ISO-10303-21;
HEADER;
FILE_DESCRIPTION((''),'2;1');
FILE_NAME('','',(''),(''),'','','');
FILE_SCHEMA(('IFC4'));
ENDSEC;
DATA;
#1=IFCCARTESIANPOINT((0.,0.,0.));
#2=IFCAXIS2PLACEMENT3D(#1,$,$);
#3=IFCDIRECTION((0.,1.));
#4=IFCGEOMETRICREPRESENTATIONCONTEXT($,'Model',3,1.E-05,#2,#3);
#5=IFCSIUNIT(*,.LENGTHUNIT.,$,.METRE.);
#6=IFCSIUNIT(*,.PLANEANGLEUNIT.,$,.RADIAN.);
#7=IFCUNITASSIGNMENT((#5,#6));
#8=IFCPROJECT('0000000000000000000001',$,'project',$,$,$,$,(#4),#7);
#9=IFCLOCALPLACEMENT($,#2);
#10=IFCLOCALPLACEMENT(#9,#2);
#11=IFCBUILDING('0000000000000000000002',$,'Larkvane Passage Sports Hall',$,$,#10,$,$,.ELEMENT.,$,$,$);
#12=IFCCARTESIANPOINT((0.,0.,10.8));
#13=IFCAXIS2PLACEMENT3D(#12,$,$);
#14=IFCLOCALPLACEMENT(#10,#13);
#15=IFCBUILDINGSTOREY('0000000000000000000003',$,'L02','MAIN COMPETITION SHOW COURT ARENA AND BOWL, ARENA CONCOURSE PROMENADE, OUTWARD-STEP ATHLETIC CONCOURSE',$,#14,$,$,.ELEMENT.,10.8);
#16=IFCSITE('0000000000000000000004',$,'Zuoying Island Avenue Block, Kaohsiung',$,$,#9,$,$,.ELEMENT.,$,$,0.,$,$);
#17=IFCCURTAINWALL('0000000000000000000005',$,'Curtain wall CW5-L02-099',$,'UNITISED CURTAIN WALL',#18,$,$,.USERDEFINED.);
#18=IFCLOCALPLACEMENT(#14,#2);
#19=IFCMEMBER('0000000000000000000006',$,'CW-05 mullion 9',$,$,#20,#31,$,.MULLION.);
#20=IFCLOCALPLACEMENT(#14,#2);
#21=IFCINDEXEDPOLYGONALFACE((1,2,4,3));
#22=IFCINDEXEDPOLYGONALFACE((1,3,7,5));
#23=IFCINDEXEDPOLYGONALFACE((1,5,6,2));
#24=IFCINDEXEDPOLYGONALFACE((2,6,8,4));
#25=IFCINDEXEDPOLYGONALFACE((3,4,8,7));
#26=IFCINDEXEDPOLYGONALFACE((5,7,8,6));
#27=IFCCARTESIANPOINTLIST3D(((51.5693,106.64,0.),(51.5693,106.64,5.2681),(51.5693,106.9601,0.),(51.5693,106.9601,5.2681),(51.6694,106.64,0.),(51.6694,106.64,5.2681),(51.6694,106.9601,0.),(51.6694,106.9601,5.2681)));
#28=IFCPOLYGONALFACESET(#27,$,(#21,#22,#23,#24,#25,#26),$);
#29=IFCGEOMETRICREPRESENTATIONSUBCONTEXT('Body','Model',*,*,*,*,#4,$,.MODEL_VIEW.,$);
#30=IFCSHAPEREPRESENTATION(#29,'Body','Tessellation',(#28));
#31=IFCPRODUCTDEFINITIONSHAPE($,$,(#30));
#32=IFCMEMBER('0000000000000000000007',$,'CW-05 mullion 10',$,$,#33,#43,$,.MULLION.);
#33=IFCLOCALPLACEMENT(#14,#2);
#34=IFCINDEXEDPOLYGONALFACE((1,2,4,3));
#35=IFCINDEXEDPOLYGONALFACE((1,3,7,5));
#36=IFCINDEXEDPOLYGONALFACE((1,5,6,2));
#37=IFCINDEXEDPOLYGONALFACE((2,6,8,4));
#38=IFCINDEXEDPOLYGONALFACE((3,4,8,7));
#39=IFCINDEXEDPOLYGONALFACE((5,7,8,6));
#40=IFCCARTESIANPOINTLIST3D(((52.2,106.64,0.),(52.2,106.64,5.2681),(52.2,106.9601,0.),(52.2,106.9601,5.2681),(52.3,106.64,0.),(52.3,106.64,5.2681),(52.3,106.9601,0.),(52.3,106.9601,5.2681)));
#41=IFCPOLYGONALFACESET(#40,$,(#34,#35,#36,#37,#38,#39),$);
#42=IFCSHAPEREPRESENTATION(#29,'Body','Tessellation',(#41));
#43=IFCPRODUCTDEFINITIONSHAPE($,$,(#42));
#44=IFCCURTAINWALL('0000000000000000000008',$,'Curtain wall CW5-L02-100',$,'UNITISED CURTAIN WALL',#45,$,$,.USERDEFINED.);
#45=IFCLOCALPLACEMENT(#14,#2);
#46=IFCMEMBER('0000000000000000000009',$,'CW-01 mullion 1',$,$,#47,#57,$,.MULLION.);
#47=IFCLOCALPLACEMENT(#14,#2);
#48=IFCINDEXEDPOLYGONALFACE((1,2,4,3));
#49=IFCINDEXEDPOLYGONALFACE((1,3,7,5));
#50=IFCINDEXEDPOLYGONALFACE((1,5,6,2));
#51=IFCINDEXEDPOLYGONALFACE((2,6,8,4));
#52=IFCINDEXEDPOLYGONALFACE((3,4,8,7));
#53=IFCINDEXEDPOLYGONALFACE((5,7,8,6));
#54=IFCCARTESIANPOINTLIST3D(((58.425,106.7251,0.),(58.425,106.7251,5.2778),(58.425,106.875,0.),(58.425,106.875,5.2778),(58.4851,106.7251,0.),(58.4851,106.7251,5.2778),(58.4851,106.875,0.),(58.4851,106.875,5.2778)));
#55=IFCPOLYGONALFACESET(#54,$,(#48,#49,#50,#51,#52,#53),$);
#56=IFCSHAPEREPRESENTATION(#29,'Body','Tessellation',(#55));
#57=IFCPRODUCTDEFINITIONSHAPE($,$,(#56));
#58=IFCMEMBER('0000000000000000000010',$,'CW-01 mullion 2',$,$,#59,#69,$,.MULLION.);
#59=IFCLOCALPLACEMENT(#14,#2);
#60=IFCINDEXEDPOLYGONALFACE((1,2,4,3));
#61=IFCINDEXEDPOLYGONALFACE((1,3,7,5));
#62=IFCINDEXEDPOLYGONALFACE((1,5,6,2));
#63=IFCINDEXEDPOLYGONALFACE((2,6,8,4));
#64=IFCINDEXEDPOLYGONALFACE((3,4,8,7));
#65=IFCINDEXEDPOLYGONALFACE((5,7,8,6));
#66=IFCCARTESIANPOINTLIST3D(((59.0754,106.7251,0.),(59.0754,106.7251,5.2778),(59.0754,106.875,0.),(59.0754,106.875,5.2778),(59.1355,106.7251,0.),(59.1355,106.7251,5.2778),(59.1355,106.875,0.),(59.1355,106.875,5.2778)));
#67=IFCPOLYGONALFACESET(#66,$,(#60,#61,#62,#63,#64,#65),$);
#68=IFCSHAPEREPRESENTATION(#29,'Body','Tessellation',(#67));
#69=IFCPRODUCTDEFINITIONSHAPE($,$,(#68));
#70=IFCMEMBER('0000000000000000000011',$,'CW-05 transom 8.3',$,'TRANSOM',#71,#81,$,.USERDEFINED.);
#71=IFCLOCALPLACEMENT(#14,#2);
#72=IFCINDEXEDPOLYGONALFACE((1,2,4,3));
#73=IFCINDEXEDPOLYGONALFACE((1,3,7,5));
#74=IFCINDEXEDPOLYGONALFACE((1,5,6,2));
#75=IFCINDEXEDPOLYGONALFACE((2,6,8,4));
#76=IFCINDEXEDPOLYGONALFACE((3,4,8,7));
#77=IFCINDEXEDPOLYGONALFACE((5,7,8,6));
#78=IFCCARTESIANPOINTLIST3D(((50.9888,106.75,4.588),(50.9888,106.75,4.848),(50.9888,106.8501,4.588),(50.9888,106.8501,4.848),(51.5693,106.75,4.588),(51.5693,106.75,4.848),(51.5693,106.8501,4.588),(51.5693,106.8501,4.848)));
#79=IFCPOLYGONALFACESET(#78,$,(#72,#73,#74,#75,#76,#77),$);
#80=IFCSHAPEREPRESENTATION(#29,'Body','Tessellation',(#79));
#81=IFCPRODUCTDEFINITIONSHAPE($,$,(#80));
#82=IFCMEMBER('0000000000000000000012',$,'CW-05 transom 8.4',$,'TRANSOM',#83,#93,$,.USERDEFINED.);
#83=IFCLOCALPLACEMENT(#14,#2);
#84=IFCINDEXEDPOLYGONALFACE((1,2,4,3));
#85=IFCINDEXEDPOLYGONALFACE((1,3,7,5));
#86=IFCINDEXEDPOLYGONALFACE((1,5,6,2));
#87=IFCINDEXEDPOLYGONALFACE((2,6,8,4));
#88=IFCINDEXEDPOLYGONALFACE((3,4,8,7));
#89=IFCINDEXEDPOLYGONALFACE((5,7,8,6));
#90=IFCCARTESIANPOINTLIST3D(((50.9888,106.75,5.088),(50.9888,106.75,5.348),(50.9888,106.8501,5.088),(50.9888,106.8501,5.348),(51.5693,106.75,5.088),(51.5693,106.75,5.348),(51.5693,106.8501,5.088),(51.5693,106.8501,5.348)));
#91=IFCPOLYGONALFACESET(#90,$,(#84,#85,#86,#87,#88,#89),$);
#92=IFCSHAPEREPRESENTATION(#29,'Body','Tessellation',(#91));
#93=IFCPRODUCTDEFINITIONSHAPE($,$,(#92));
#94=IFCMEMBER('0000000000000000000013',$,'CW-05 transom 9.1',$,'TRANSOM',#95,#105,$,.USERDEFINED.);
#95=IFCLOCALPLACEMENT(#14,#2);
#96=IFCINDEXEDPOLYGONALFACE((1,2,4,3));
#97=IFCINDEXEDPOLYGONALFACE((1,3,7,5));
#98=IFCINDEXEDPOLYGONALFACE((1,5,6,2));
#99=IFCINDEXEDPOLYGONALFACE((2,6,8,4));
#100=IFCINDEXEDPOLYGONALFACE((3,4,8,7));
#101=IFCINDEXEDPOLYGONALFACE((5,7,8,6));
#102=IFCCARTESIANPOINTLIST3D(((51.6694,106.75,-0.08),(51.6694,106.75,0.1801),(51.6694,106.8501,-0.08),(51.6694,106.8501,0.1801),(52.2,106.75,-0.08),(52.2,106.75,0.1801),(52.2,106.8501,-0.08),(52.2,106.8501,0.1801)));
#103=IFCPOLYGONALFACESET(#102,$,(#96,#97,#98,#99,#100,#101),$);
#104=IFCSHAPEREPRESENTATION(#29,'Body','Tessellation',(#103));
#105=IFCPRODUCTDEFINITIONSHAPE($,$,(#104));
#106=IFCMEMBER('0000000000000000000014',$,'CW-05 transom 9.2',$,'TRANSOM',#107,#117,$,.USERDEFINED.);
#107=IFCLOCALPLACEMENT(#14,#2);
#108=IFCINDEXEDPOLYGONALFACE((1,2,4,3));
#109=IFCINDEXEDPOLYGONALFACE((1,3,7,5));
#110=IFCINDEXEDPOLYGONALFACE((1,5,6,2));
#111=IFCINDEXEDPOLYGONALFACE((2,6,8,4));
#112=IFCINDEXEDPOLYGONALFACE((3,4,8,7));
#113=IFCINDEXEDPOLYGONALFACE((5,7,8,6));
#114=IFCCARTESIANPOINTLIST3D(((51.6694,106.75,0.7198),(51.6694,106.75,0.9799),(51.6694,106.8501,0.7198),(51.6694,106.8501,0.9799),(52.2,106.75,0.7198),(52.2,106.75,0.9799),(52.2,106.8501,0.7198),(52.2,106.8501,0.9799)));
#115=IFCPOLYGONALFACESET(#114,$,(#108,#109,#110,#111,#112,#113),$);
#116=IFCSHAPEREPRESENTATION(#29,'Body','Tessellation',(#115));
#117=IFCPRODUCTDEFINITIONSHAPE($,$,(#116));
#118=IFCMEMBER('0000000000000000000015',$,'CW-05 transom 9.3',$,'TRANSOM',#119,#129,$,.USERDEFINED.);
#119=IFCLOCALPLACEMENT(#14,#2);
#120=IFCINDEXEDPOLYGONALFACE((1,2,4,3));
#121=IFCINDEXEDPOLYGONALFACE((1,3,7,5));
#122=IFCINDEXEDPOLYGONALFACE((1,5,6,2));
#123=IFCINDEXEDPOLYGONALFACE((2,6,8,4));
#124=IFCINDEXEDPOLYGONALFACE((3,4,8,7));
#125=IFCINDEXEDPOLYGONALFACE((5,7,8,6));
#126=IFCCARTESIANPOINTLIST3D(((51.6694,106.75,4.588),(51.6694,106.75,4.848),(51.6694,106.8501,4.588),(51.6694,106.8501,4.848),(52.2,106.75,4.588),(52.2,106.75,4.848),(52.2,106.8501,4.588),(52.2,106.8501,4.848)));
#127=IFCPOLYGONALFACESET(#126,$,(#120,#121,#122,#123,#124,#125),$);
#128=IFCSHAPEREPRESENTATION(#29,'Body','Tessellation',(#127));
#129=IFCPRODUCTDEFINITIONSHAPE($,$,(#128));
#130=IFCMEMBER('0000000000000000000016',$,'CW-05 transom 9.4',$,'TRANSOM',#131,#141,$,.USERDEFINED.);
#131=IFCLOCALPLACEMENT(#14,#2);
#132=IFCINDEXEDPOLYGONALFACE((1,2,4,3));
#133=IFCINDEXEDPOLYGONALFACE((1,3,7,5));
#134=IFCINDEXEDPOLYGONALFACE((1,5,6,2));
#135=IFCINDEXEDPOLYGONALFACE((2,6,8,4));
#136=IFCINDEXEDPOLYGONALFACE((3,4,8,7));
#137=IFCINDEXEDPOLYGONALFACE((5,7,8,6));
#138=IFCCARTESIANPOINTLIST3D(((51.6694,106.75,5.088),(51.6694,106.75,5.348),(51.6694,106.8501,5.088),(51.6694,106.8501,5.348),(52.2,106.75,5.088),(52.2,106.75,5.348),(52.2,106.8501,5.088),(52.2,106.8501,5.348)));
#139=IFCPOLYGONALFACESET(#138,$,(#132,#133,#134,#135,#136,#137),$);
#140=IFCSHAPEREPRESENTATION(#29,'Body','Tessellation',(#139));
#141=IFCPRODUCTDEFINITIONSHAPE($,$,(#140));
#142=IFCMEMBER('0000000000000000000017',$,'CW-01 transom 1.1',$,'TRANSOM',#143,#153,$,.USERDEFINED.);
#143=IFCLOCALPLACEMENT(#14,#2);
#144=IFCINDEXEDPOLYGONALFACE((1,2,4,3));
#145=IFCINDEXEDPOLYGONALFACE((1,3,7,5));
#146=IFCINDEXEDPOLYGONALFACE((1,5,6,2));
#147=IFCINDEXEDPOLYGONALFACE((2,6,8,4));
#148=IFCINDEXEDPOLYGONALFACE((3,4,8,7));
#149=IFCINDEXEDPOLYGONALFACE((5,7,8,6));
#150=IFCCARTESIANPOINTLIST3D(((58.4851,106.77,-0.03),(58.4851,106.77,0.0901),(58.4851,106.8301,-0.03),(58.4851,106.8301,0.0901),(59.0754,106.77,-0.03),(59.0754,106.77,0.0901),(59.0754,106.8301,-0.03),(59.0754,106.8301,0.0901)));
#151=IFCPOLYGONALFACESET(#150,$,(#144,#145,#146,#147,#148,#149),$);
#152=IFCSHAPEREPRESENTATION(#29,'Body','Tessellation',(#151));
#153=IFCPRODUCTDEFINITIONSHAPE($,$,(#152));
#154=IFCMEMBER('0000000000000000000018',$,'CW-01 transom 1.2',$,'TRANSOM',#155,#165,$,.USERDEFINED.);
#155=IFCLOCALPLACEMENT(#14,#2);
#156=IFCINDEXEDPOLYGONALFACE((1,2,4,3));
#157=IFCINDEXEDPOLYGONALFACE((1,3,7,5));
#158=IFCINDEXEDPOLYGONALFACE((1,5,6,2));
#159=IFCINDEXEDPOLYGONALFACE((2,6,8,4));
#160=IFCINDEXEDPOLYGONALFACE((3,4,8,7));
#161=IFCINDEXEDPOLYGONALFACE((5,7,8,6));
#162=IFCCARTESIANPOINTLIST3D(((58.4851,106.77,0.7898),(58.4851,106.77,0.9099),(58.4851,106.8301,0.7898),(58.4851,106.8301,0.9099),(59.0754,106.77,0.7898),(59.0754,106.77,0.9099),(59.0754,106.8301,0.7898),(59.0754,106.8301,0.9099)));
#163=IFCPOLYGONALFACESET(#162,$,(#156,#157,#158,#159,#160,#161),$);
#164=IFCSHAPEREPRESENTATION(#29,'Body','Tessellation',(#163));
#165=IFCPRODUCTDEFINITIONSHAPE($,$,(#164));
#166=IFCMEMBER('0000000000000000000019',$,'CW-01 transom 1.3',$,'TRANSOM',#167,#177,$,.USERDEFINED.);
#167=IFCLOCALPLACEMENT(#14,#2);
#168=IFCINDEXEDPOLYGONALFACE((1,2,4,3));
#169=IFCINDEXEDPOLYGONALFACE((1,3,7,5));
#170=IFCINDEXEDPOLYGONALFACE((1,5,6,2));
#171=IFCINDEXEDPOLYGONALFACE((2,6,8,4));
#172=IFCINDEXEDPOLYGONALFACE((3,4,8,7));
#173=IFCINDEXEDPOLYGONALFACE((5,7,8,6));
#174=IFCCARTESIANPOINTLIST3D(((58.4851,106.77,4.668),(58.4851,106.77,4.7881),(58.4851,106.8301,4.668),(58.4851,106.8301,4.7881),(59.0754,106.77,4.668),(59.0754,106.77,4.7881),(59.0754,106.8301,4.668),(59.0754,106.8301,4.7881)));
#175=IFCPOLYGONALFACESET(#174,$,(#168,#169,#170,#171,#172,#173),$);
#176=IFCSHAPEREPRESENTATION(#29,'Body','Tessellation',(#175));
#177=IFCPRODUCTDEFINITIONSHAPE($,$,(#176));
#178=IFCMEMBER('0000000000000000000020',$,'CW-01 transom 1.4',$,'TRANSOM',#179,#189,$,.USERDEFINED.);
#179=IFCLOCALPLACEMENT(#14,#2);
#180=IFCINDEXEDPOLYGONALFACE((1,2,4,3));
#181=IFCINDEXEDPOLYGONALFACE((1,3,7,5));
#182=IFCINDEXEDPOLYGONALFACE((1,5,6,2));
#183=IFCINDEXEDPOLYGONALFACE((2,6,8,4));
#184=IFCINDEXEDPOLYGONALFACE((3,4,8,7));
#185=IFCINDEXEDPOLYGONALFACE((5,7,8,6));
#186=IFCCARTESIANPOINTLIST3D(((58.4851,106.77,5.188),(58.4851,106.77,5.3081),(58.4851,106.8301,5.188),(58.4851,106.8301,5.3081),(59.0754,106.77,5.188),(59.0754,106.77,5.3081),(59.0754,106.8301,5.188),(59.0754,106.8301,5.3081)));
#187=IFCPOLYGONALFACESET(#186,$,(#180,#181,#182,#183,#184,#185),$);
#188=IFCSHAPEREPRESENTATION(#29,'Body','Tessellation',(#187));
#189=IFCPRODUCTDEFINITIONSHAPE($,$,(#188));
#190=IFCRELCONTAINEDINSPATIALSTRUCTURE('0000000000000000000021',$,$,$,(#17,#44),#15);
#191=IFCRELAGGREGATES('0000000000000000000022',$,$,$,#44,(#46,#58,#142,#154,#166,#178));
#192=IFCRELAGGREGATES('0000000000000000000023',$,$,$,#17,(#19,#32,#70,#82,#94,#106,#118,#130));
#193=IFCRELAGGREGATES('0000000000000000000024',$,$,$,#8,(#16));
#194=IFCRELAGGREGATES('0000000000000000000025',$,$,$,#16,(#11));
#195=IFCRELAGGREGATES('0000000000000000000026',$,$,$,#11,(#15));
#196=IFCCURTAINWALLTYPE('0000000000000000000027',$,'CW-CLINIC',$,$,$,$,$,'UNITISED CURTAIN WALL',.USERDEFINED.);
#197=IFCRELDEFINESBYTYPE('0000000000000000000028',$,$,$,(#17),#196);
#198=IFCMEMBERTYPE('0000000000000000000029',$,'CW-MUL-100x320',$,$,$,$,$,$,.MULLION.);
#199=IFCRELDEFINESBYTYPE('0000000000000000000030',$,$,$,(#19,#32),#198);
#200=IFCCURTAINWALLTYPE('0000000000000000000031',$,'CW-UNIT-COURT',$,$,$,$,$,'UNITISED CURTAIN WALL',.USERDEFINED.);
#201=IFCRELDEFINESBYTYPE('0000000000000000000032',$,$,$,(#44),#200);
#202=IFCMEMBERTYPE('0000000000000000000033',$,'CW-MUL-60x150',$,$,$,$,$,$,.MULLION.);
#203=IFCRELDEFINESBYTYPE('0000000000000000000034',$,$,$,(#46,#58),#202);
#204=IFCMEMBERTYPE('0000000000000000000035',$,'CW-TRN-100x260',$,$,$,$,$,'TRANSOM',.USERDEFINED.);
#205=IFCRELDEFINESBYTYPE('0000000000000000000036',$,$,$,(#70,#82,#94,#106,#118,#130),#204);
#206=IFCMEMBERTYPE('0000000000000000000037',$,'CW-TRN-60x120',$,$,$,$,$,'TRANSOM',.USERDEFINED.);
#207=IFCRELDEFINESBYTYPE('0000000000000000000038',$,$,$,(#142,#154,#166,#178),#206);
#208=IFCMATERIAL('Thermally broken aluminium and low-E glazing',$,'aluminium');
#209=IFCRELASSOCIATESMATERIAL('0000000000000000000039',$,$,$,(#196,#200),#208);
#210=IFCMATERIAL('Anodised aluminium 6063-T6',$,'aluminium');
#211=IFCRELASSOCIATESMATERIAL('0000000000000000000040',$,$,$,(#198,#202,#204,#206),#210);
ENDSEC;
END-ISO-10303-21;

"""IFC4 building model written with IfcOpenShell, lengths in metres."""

from ifc_helpers import new_model, si_unit, direction, frame, origin, origin_2d, place, context, subcontext, project, spatial, rectangle, extrude, material, material_profile, profile_set, type_object, element, aggregate, save


model = new_model("IFC4")

# Units and contexts
model_context = context("Model", 3, precision=1e-05, world=origin(), true_north=direction((0.0, 1.0)))
body_context = subcontext(model_context, "Body", "Model", "MODEL_VIEW")
ifc_project = project(units=[si_unit("LENGTHUNIT", "METRE"), si_unit("PLANEANGLEUNIT", "RADIAN")], contexts=[model_context])

# Site, building, storey
site_placement = place(None, origin())
site = spatial("IfcSite", under=ifc_project, at=site_placement, Name="Zuoying Island Avenue Block, Kaohsiung", CompositionType="ELEMENT", RefElevation=0.0)
building_placement = place(site_placement, origin())
building = spatial("IfcBuilding", under=site, at=building_placement, Name="Larkvane Passage Sports Hall", CompositionType="ELEMENT")
storey_placement = place(building_placement, frame((0.0, 0.0, 10.8)))
storey = spatial("IfcBuildingStorey", under=building, at=storey_placement, Name="L02", Description="MAIN COMPETITION SHOW COURT ARENA AND BOWL, ARENA CONCOURSE PROMENADE, OUTWARD-STEP ATHLETIC CONCOURSE", CompositionType="ELEMENT", Elevation=10.8)

# Curtain walls, members
ifc_material_1 = material(Name="Thermally broken aluminium and low-E glazing", Category="aluminium")
curtain_wall_type_1 = type_object("IfcCurtainWallType", Name="CW-CLINIC", ElementType="UNITISED CURTAIN WALL", PredefinedType="USERDEFINED", material=ifc_material_1)
curtain_wall_1_placement = place(storey_placement, origin())
curtain_wall_1 = element("IfcCurtainWall", 1, at=curtain_wall_1_placement, inside=storey, type_object=curtain_wall_type_1, Name="Curtain wall CW5-L02-099", ObjectType="UNITISED CURTAIN WALL", PredefinedType="USERDEFINED")
ifc_material_2 = material(Name="Anodised aluminium 6063-T6", Category="aluminium")
ifc_material_profile_1 = material_profile(ifc_material_2, rectangle(XDim=0.1001, YDim=0.3201, at=origin_2d()), Name="ALU-MUL-100x320")
ifc_profile_set_1 = profile_set([ifc_material_profile_1], Name="Anodised aluminium 6063-T6")
member_type_1 = type_object("IfcMemberType", Name="CW-MUL-100x320", PredefinedType="MULLION", material=ifc_profile_set_1)
member_1_placement = place(storey_placement, frame((51.6194, 106.8, 0.0), z_axis=(0.0, 0.0, 1.0), x_axis=(1.0, 0.0, 0.0)))
member_1 = element("IfcMember", 2, at=member_1_placement, type_object=member_type_1, Name="CW-05 mullion 9", PredefinedType="MULLION", context=body_context, shape_type="SweptSolid", body=[
    extrude(rectangle(XDim=0.1001, YDim=0.3201, at=origin_2d()), origin(), (0.0, 0.0, 1.0), 5.2681),
])
member_2_placement = place(storey_placement, frame((52.25, 106.8, 0.0), z_axis=(0.0, 0.0, 1.0), x_axis=(1.0, 0.0, 0.0)))
member_2 = element("IfcMember", 3, at=member_2_placement, type_object=member_type_1, Name="CW-05 mullion 10", PredefinedType="MULLION", context=body_context, shape_type="SweptSolid", body=[
    extrude(rectangle(XDim=0.1001, YDim=0.3201, at=origin_2d()), origin(), (0.0, 0.0, 1.0), 5.2681),
])
curtain_wall_type_2 = type_object("IfcCurtainWallType", Name="CW-UNIT-COURT", ElementType="UNITISED CURTAIN WALL", PredefinedType="USERDEFINED", material=ifc_material_1)
curtain_wall_2_placement = place(storey_placement, origin())
curtain_wall_2 = element("IfcCurtainWall", 4, at=curtain_wall_2_placement, inside=storey, type_object=curtain_wall_type_2, Name="Curtain wall CW5-L02-100", ObjectType="UNITISED CURTAIN WALL", PredefinedType="USERDEFINED")
ifc_material_profile_2 = material_profile(ifc_material_2, rectangle(XDim=0.0601, YDim=0.1499, at=origin_2d()), Name="ALU-MUL-60x150")
ifc_profile_set_2 = profile_set([ifc_material_profile_2], Name="Anodised aluminium 6063-T6")
member_type_2 = type_object("IfcMemberType", Name="CW-MUL-60x150", PredefinedType="MULLION", material=ifc_profile_set_2)
member_3_placement = place(storey_placement, frame((58.4551, 106.8, 0.0), z_axis=(0.0, 0.0, 1.0), x_axis=(1.0, 0.0, 0.0)))
member_3 = element("IfcMember", 5, at=member_3_placement, type_object=member_type_2, Name="CW-01 mullion 1", PredefinedType="MULLION", context=body_context, shape_type="SweptSolid", body=[
    extrude(rectangle(XDim=0.0601, YDim=0.1499, at=origin_2d()), origin(), (0.0, 0.0, 1.0), 5.2778),
])
member_4_placement = place(storey_placement, frame((59.1055, 106.8, 0.0), z_axis=(0.0, 0.0, 1.0), x_axis=(1.0, 0.0, 0.0)))
member_4 = element("IfcMember", 6, at=member_4_placement, type_object=member_type_2, Name="CW-01 mullion 2", PredefinedType="MULLION", context=body_context, shape_type="SweptSolid", body=[
    extrude(rectangle(XDim=0.0601, YDim=0.1499, at=origin_2d()), origin(), (0.0, 0.0, 1.0), 5.2778),
])

# Members
ifc_material_profile_3 = material_profile(ifc_material_2, rectangle(XDim=0.1001, YDim=0.26, at=origin_2d()), Name="ALU-TRN-100x260")
ifc_profile_set_3 = profile_set([ifc_material_profile_3], Name="Anodised aluminium 6063-T6")
member_type_3 = type_object("IfcMemberType", Name="CW-TRN-100x260", ElementType="TRANSOM", PredefinedType="USERDEFINED", material=ifc_profile_set_3)
member_5_placement = place(storey_placement, frame((50.9888, 106.8, 4.718), z_axis=(1.0, 0.0, 0.0), x_axis=(0.0, 1.0, 0.0)))
member_5 = element("IfcMember", 7, at=member_5_placement, type_object=member_type_3, Name="CW-05 transom 8.3", ObjectType="TRANSOM", PredefinedType="USERDEFINED", context=body_context, shape_type="SweptSolid", body=[
    extrude(rectangle(XDim=0.1001, YDim=0.26, at=origin_2d()), origin(), (0.0, 0.0, 1.0), 0.5806),
])
member_6_placement = place(storey_placement, frame((50.9888, 106.8, 5.218), z_axis=(1.0, 0.0, 0.0), x_axis=(0.0, 1.0, 0.0)))
member_6 = element("IfcMember", 8, at=member_6_placement, type_object=member_type_3, Name="CW-05 transom 8.4", ObjectType="TRANSOM", PredefinedType="USERDEFINED", context=body_context, shape_type="SweptSolid", body=[
    extrude(rectangle(XDim=0.1001, YDim=0.26, at=origin_2d()), origin(), (0.0, 0.0, 1.0), 0.5806),
])
member_7_placement = place(storey_placement, frame((51.6694, 106.8, 0.05), z_axis=(1.0, 0.0, 0.0), x_axis=(0.0, 1.0, 0.0)))
member_7 = element("IfcMember", 9, at=member_7_placement, type_object=member_type_3, Name="CW-05 transom 9.1", ObjectType="TRANSOM", PredefinedType="USERDEFINED", context=body_context, shape_type="SweptSolid", body=[
    extrude(rectangle(XDim=0.1001, YDim=0.26, at=origin_2d()), origin(), (0.0, 0.0, 1.0), 0.5305),
])
member_8_placement = place(storey_placement, frame((51.6694, 106.8, 0.8499), z_axis=(1.0, 0.0, 0.0), x_axis=(0.0, 1.0, 0.0)))
member_8 = element("IfcMember", 10, at=member_8_placement, type_object=member_type_3, Name="CW-05 transom 9.2", ObjectType="TRANSOM", PredefinedType="USERDEFINED", context=body_context, shape_type="SweptSolid", body=[
    extrude(rectangle(XDim=0.1001, YDim=0.26, at=origin_2d()), origin(), (0.0, 0.0, 1.0), 0.5305),
])
member_9_placement = place(storey_placement, frame((51.6694, 106.8, 4.718), z_axis=(1.0, 0.0, 0.0), x_axis=(0.0, 1.0, 0.0)))
member_9 = element("IfcMember", 11, at=member_9_placement, type_object=member_type_3, Name="CW-05 transom 9.3", ObjectType="TRANSOM", PredefinedType="USERDEFINED", context=body_context, shape_type="SweptSolid", body=[
    extrude(rectangle(XDim=0.1001, YDim=0.26, at=origin_2d()), origin(), (0.0, 0.0, 1.0), 0.5305),
])
member_10_placement = place(storey_placement, frame((51.6694, 106.8, 5.218), z_axis=(1.0, 0.0, 0.0), x_axis=(0.0, 1.0, 0.0)))
member_10 = element("IfcMember", 12, at=member_10_placement, type_object=member_type_3, Name="CW-05 transom 9.4", ObjectType="TRANSOM", PredefinedType="USERDEFINED", context=body_context, shape_type="SweptSolid", body=[
    extrude(rectangle(XDim=0.1001, YDim=0.26, at=origin_2d()), origin(), (0.0, 0.0, 1.0), 0.5305),
])
ifc_material_profile_4 = material_profile(ifc_material_2, rectangle(XDim=0.0601, YDim=0.1201, at=origin_2d()), Name="ALU-TRN-60x120")
ifc_profile_set_4 = profile_set([ifc_material_profile_4], Name="Anodised aluminium 6063-T6")
member_type_4 = type_object("IfcMemberType", Name="CW-TRN-60x120", ElementType="TRANSOM", PredefinedType="USERDEFINED", material=ifc_profile_set_4)
member_11_placement = place(storey_placement, frame((58.4851, 106.8, 0.03), z_axis=(1.0, 0.0, 0.0), x_axis=(0.0, 1.0, 0.0)))
member_11 = element("IfcMember", 13, at=member_11_placement, type_object=member_type_4, Name="CW-01 transom 1.1", ObjectType="TRANSOM", PredefinedType="USERDEFINED", context=body_context, shape_type="SweptSolid", body=[
    extrude(rectangle(XDim=0.0601, YDim=0.1201, at=origin_2d()), origin(), (0.0, 0.0, 1.0), 0.5903),
])
member_12_placement = place(storey_placement, frame((58.4851, 106.8, 0.8499), z_axis=(1.0, 0.0, 0.0), x_axis=(0.0, 1.0, 0.0)))
member_12 = element("IfcMember", 14, at=member_12_placement, type_object=member_type_4, Name="CW-01 transom 1.2", ObjectType="TRANSOM", PredefinedType="USERDEFINED", context=body_context, shape_type="SweptSolid", body=[
    extrude(rectangle(XDim=0.0601, YDim=0.1201, at=origin_2d()), origin(), (0.0, 0.0, 1.0), 0.5903),
])
member_13_placement = place(storey_placement, frame((58.4851, 106.8, 4.728), z_axis=(1.0, 0.0, 0.0), x_axis=(0.0, 1.0, 0.0)))
member_13 = element("IfcMember", 15, at=member_13_placement, type_object=member_type_4, Name="CW-01 transom 1.3", ObjectType="TRANSOM", PredefinedType="USERDEFINED", context=body_context, shape_type="SweptSolid", body=[
    extrude(rectangle(XDim=0.0601, YDim=0.1201, at=origin_2d()), origin(), (0.0, 0.0, 1.0), 0.5903),
])
member_14_placement = place(storey_placement, frame((58.4851, 106.8, 5.248), z_axis=(1.0, 0.0, 0.0), x_axis=(0.0, 1.0, 0.0)))
member_14 = element("IfcMember", 16, at=member_14_placement, type_object=member_type_4, Name="CW-01 transom 1.4", ObjectType="TRANSOM", PredefinedType="USERDEFINED", context=body_context, shape_type="SweptSolid", body=[
    extrude(rectangle(XDim=0.0601, YDim=0.1201, at=origin_2d()), origin(), (0.0, 0.0, 1.0), 0.5903),
])

aggregate(curtain_wall_2, [member_3, member_4, member_11, member_12, member_13, member_14])
aggregate(curtain_wall_1, [member_1, member_2, member_5, member_6, member_7, member_8, member_9, member_10])

save(model, "model.ifc")
